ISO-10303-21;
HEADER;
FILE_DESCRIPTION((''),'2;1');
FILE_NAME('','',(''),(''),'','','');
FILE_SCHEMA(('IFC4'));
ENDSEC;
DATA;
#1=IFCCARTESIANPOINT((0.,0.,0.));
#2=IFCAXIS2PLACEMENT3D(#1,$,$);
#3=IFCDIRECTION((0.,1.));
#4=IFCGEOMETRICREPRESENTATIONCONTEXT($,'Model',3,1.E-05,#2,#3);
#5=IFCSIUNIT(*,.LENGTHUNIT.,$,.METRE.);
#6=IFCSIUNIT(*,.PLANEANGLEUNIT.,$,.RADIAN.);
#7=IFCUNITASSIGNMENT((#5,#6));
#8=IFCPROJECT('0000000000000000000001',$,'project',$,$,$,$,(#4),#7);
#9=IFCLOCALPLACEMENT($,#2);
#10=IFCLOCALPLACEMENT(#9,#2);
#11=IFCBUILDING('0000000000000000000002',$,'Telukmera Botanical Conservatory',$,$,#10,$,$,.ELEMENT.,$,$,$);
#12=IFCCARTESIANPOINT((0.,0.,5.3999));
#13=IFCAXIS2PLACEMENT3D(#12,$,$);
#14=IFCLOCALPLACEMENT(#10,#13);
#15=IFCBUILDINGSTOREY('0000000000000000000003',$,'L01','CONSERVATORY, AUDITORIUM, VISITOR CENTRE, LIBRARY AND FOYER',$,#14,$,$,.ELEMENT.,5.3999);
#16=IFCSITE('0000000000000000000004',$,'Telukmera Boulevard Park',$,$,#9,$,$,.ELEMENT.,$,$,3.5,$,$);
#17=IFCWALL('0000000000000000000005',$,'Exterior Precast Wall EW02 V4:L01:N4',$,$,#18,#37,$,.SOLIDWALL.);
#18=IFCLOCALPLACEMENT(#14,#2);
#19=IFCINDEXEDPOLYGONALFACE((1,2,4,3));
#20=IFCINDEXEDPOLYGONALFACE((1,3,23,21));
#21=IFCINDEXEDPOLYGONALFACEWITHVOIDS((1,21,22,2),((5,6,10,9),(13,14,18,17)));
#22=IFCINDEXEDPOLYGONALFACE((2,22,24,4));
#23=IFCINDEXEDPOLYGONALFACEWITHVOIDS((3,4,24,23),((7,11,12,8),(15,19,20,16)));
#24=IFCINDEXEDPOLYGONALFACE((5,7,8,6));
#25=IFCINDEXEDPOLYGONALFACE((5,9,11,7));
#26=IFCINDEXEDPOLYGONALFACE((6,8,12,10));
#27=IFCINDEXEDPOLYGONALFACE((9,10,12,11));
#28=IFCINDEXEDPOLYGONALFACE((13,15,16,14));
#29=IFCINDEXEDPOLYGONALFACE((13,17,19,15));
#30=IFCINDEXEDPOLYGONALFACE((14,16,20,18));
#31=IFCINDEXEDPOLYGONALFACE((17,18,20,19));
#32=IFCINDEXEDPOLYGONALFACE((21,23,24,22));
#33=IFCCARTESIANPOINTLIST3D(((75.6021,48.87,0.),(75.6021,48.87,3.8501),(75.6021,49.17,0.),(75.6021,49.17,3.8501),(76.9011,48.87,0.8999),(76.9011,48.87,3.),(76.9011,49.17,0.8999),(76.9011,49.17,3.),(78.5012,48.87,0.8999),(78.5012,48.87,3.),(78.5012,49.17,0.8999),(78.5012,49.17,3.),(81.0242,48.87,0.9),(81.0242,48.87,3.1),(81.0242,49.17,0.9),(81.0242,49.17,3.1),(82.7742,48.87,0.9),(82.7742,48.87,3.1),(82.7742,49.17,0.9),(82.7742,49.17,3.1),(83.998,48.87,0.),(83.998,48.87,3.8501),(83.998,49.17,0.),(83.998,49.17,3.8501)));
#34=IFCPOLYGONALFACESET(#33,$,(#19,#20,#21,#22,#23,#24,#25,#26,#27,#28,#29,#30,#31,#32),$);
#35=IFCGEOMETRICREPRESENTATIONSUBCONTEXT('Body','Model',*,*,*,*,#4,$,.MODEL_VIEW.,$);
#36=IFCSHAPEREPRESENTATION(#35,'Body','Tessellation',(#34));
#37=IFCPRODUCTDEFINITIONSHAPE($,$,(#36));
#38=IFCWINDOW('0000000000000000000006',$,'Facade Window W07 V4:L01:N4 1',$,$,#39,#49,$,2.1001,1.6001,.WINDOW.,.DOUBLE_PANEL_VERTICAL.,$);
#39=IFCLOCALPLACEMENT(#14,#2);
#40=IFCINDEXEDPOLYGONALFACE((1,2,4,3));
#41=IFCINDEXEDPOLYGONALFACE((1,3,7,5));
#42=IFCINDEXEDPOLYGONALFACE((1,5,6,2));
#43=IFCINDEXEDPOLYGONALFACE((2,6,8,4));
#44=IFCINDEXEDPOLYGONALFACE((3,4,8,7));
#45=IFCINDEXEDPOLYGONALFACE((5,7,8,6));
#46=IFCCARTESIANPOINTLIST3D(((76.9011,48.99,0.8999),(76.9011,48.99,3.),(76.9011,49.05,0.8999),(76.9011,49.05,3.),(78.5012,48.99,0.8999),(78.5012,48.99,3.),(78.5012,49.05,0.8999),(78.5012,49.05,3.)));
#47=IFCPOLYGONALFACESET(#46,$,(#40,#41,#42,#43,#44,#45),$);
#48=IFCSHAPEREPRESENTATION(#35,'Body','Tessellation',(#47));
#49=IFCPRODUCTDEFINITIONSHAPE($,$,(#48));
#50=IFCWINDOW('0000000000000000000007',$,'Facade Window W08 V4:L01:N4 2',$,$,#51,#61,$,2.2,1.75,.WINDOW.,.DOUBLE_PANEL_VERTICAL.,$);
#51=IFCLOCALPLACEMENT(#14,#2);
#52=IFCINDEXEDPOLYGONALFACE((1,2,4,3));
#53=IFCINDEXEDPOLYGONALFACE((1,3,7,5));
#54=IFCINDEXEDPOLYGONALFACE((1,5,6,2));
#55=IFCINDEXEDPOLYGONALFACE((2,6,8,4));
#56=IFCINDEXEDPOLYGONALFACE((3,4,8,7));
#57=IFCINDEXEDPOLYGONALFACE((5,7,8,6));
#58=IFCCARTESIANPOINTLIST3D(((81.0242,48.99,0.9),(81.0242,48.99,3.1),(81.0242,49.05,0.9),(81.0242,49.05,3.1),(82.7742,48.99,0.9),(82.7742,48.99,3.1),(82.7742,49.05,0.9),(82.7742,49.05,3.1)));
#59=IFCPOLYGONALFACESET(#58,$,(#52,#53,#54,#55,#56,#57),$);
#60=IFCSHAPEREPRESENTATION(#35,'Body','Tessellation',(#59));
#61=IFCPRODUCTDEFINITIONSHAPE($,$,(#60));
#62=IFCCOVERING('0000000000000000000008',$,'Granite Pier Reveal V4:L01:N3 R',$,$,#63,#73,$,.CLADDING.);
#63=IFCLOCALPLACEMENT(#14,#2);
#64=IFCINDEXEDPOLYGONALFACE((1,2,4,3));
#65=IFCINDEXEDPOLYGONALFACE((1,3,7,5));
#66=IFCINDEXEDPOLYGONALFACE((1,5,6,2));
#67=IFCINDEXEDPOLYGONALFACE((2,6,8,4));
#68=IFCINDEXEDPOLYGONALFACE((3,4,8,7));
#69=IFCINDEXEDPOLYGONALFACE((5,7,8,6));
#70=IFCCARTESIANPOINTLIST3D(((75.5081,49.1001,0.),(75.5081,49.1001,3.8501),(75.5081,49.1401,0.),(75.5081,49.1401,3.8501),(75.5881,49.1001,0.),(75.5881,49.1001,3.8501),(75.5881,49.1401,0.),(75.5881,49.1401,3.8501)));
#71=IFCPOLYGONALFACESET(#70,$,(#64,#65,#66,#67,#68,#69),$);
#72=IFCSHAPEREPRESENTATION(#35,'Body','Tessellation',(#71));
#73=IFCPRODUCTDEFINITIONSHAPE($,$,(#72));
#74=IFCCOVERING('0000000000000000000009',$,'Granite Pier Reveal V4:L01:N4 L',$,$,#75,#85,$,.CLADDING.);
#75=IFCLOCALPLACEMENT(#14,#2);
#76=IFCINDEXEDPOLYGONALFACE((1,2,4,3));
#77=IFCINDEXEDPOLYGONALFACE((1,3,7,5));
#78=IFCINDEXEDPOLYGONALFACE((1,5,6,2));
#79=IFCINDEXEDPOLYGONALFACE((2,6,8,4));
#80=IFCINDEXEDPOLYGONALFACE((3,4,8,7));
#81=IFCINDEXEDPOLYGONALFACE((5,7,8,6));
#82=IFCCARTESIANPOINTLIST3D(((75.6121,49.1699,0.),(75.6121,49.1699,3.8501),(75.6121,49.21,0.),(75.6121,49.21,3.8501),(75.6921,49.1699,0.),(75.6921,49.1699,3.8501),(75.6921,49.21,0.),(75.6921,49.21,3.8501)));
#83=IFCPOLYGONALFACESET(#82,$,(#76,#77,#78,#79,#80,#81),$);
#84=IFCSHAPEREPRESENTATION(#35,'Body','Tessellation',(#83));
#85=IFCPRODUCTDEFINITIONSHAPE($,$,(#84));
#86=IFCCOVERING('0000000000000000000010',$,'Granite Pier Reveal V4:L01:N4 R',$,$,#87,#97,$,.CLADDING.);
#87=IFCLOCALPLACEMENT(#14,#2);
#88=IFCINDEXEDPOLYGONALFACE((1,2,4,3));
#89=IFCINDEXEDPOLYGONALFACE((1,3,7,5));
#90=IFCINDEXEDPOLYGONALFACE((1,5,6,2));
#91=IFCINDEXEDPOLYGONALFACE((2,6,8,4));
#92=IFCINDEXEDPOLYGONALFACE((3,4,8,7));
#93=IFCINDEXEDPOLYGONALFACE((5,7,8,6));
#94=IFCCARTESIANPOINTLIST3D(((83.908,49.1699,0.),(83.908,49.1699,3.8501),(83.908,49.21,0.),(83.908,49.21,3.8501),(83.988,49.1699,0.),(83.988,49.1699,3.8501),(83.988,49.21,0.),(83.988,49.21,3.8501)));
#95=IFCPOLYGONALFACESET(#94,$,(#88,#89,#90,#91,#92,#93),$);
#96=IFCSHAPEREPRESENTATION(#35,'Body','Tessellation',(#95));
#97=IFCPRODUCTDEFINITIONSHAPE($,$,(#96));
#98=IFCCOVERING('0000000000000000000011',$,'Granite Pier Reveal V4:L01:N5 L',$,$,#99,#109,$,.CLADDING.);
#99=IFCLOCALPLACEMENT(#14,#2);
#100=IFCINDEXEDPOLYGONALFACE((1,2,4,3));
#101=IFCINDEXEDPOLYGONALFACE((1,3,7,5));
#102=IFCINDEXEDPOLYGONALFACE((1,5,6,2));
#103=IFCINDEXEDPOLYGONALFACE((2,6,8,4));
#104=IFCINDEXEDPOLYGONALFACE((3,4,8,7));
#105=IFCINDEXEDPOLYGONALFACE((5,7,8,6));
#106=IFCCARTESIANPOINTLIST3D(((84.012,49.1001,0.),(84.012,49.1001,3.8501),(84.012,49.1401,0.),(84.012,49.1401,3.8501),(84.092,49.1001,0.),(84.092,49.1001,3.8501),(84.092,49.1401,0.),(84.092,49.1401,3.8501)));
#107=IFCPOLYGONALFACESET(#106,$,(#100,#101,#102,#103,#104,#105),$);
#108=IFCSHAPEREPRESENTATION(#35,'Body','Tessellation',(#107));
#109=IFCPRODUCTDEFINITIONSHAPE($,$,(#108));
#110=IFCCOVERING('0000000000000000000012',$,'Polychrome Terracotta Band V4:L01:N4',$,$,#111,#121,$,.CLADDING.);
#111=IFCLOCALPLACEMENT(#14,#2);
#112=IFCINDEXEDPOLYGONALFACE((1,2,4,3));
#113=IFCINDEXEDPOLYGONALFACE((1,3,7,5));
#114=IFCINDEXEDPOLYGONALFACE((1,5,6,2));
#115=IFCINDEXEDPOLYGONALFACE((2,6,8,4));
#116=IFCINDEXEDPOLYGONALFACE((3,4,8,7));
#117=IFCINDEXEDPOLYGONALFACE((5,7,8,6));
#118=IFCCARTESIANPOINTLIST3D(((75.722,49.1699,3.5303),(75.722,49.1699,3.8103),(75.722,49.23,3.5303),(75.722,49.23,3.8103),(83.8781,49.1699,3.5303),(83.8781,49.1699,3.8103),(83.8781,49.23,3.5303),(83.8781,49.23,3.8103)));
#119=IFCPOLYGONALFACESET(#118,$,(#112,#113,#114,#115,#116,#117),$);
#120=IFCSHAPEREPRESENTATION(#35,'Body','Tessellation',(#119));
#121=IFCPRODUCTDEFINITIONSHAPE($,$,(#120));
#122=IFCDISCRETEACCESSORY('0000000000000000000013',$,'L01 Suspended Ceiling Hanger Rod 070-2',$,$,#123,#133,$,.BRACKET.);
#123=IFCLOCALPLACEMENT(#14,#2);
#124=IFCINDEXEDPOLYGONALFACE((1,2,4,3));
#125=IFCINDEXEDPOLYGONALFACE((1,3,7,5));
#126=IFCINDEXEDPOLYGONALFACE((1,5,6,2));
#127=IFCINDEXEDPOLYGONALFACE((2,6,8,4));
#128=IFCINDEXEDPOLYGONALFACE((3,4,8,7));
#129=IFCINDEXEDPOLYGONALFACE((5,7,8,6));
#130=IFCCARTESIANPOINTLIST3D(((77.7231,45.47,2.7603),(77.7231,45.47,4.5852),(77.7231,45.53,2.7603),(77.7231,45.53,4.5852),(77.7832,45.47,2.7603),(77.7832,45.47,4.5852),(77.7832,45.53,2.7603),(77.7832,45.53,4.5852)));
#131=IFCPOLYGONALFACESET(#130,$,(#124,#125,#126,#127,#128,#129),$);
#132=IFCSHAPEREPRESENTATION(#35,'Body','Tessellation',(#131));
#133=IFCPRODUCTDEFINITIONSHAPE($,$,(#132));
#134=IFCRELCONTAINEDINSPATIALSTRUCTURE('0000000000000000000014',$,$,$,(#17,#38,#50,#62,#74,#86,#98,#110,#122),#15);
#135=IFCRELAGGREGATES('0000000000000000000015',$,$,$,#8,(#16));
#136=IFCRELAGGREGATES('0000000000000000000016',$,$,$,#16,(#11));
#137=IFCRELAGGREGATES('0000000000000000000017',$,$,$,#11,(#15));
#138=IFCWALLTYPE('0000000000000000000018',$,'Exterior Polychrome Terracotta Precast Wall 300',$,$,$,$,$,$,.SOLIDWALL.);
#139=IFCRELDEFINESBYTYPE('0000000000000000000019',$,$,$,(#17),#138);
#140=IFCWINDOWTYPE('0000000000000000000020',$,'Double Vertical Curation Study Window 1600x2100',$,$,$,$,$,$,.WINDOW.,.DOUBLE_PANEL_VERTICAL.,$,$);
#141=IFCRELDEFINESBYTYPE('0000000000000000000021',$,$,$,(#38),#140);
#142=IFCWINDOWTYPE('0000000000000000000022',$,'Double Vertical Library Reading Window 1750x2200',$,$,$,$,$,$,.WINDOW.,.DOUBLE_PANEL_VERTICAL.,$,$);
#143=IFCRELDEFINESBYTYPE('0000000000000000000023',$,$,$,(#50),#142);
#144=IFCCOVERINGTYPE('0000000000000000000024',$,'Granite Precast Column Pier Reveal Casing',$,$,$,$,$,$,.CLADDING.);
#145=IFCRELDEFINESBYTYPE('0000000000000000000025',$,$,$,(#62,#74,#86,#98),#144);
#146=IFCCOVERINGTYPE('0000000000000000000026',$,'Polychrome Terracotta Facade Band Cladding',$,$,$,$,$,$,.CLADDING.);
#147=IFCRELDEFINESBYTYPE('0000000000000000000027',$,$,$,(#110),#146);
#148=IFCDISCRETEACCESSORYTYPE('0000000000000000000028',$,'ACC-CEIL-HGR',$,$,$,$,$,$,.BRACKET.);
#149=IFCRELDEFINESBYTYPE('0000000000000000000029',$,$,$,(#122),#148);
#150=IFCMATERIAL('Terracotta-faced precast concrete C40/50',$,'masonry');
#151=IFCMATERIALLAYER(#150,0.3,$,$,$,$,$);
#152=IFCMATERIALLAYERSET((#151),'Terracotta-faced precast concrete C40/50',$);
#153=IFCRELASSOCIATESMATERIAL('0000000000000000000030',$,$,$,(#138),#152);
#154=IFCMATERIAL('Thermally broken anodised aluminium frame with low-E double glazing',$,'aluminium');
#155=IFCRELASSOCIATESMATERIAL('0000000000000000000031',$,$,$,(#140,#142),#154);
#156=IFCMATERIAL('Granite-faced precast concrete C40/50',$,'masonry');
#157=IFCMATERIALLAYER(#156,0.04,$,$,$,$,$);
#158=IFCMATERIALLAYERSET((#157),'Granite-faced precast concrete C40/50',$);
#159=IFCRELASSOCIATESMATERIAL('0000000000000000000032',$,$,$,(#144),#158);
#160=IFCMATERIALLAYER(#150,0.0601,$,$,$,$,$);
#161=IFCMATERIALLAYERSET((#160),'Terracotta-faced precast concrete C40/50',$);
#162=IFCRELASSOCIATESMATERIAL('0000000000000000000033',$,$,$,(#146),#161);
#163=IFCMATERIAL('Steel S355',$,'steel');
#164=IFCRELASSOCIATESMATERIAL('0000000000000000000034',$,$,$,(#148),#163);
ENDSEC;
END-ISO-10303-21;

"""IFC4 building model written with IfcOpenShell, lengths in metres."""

from ifc_helpers import new_model, si_unit, direction, frame, frame_2d, origin, origin_2d, place, context, subcontext, project, spatial, rectangle, extrude, material, layer, layer_set, type_object, element, fill, save


model = new_model("IFC4")

# Units and contexts
model_context = context("Model", 3, precision=1e-05, world=origin(), true_north=direction((0.0, 1.0)))
body_context = subcontext(model_context, "Body", "Model", "MODEL_VIEW")
ifc_project = project(units=[si_unit("LENGTHUNIT", "METRE"), si_unit("PLANEANGLEUNIT", "RADIAN")], contexts=[model_context])

# Site, building, storey
site_placement = place(None, origin())
site = spatial("IfcSite", under=ifc_project, at=site_placement, Name="Telukmera Boulevard Park", CompositionType="ELEMENT", RefElevation=3.5)
building_placement = place(site_placement, origin())
building = spatial("IfcBuilding", under=site, at=building_placement, Name="Telukmera Botanical Conservatory", CompositionType="ELEMENT")
storey_placement = place(building_placement, frame((0.0, 0.0, 5.3999)))
storey = spatial("IfcBuildingStorey", under=building, at=storey_placement, Name="L01", Description="CONSERVATORY, AUDITORIUM, VISITOR CENTRE, LIBRARY AND FOYER", CompositionType="ELEMENT", Elevation=5.3999)

# Wall, openings, windows
ifc_material_1 = material(Name="Terracotta-faced precast concrete C40/50", Category="masonry")
ifc_layer_1 = layer(ifc_material_1, 0.3)
ifc_layer_set_1 = layer_set([ifc_layer_1], Name="Terracotta-faced precast concrete C40/50")
wall_type = type_object("IfcWallType", Name="Exterior Polychrome Terracotta Precast Wall 300", PredefinedType="SOLIDWALL", material=ifc_layer_set_1)
wall_placement = place(storey_placement, frame((75.6021, 49.02, 0.0), z_axis=(0.0, 0.0, 1.0), x_axis=(1.0, 0.0, 0.0)))
wall = element("IfcWall", 1, at=wall_placement, inside=storey, type_object=wall_type, Name="Exterior Precast Wall EW02 V4:L01:N4", PredefinedType="SOLIDWALL", context=body_context, shape_type="SweptSolid", body=[
    extrude(rectangle(XDim=8.396, YDim=0.3, at=frame_2d((4.198, 0.0))), origin(), (0.0, 0.0, 1.0), 3.8501),
])
opening_1_placement = place(wall_placement, frame((1.2991, 0.0, 0.8999)))
opening_1 = element("IfcOpeningElement", 2, at=opening_1_placement, cuts=wall, PredefinedType="OPENING", context=body_context, shape_type="SweptSolid", body=[
    extrude(rectangle(XDim=1.6001, YDim=2.1001, at=frame_2d((0.8, 1.05))), frame((0.0, 0.1599, 0.0), z_axis=(0.0, -1.0, 0.0), x_axis=(1.0, 0.0, 0.0)), (0.0, 0.0, 1.0), 0.3201),
])
opening_2_placement = place(wall_placement, frame((5.4221, 0.0, 0.8999)))
opening_2 = element("IfcOpeningElement", 3, at=opening_2_placement, cuts=wall, PredefinedType="OPENING", context=body_context, shape_type="SweptSolid", body=[
    extrude(rectangle(XDim=1.75, YDim=2.2, at=frame_2d((0.875, 1.1001))), frame((0.0, 0.1599, 0.0), z_axis=(0.0, -1.0, 0.0), x_axis=(1.0, 0.0, 0.0)), (0.0, 0.0, 1.0), 0.3201),
])
ifc_material_2 = material(Name="Thermally broken anodised aluminium frame with low-E double glazing", Category="aluminium")
window_type_1 = type_object("IfcWindowType", Name="Double Vertical Curation Study Window 1600x2100", PartitioningType="DOUBLE_PANEL_VERTICAL", PredefinedType="WINDOW", material=ifc_material_2)
window_1_placement = place(opening_1_placement, origin())
window_1 = element("IfcWindow", 4, at=window_1_placement, inside=storey, type_object=window_type_1, Name="Facade Window W07 V4:L01:N4 1", OverallHeight=2.1001, OverallWidth=1.6001, PartitioningType="DOUBLE_PANEL_VERTICAL", PredefinedType="WINDOW", context=body_context, shape_type="SweptSolid", body=[
    extrude(rectangle(XDim=1.6001, YDim=2.1001, at=frame_2d((0.8, 1.05))), frame((0.0, 0.03, 0.0), z_axis=(0.0, -1.0, 0.0), x_axis=(1.0, 0.0, 0.0)), (0.0, 0.0, 1.0), 0.0601),
])
fill(opening_1, window_1)
window_type_2 = type_object("IfcWindowType", Name="Double Vertical Library Reading Window 1750x2200", PartitioningType="DOUBLE_PANEL_VERTICAL", PredefinedType="WINDOW", material=ifc_material_2)
window_2_placement = place(opening_2_placement, origin())
window_2 = element("IfcWindow", 5, at=window_2_placement, inside=storey, type_object=window_type_2, Name="Facade Window W08 V4:L01:N4 2", OverallHeight=2.2, OverallWidth=1.75, PartitioningType="DOUBLE_PANEL_VERTICAL", PredefinedType="WINDOW", context=body_context, shape_type="SweptSolid", body=[
    extrude(rectangle(XDim=1.75, YDim=2.2, at=frame_2d((0.875, 1.1001))), frame((0.0, 0.03, 0.0), z_axis=(0.0, -1.0, 0.0), x_axis=(1.0, 0.0, 0.0)), (0.0, 0.0, 1.0), 0.0601),
])
fill(opening_2, window_2)

# Coverings
ifc_material_3 = material(Name="Granite-faced precast concrete C40/50", Category="masonry")
ifc_layer_2 = layer(ifc_material_3, 0.04)
ifc_layer_set_2 = layer_set([ifc_layer_2], Name="Granite-faced precast concrete C40/50")
covering_type_1 = type_object("IfcCoveringType", Name="Granite Precast Column Pier Reveal Casing", PredefinedType="CLADDING", material=ifc_layer_set_2)
for number, where, z_axis, x_axis, name in (
    (6, (75.5481, 49.1201, 0.0), (0.0, 0.0, 1.0), (1.0, 0.0, 0.0), "Granite Pier Reveal V4:L01:N3 R"),
    (7, (75.6521, 49.1899, 0.0), (0.0, 0.0, 1.0), (1.0, 0.0, 0.0), "Granite Pier Reveal V4:L01:N4 L"),
    (8, (83.948, 49.1899, 0.0), (0.0, 0.0, 1.0), (1.0, 0.0, 0.0), "Granite Pier Reveal V4:L01:N4 R"),
    (9, (84.052, 49.1201, 0.0), (0.0, 0.0, 1.0), (1.0, 0.0, 0.0), "Granite Pier Reveal V4:L01:N5 L"),
):
    element("IfcCovering", number, at=place(storey_placement, frame(where, z_axis=z_axis, x_axis=x_axis)), inside=storey, type_object=covering_type_1, Name=name, PredefinedType="CLADDING", context=body_context, shape_type="SweptSolid", body=[
        extrude(rectangle(XDim=0.0801, YDim=0.04, at=origin_2d()), origin(), (0.0, 0.0, 1.0), 3.8501),
    ])
ifc_layer_3 = layer(ifc_material_1, 0.0601)
ifc_layer_set_3 = layer_set([ifc_layer_3], Name="Terracotta-faced precast concrete C40/50")
covering_type_2 = type_object("IfcCoveringType", Name="Polychrome Terracotta Facade Band Cladding", PredefinedType="CLADDING", material=ifc_layer_set_3)
covering_placement = place(storey_placement, frame((79.8, 49.2, 3.5303), z_axis=(0.0, 0.0, 1.0), x_axis=(1.0, 0.0, 0.0)))
element("IfcCovering", 10, at=covering_placement, inside=storey, type_object=covering_type_2, Name="Polychrome Terracotta Band V4:L01:N4", PredefinedType="CLADDING", context=body_context, shape_type="SweptSolid", body=[
    extrude(rectangle(XDim=8.156, YDim=0.0601, at=origin_2d()), origin(), (0.0, 0.0, 1.0), 0.28),
])

# Discrete accessory
ifc_material_4 = material(Name="Steel S355", Category="steel")
discrete_accessory_type = type_object("IfcDiscreteAccessoryType", Name="ACC-CEIL-HGR", PredefinedType="BRACKET", material=ifc_material_4)
discrete_accessory_placement = place(storey_placement, frame((77.7532, 45.5, 2.7603), z_axis=(0.0, 0.0, 1.0), x_axis=(1.0, 0.0, 0.0)))
element("IfcDiscreteAccessory", 11, at=discrete_accessory_placement, inside=storey, type_object=discrete_accessory_type, Name="L01 Suspended Ceiling Hanger Rod 070-2", PredefinedType="BRACKET", context=body_context, shape_type="SweptSolid", body=[
    extrude(rectangle(XDim=0.0601, YDim=0.0601, at=origin_2d()), origin(), (0.0, 0.0, 1.0), 1.825),
])

save(model, "model.ifc")
